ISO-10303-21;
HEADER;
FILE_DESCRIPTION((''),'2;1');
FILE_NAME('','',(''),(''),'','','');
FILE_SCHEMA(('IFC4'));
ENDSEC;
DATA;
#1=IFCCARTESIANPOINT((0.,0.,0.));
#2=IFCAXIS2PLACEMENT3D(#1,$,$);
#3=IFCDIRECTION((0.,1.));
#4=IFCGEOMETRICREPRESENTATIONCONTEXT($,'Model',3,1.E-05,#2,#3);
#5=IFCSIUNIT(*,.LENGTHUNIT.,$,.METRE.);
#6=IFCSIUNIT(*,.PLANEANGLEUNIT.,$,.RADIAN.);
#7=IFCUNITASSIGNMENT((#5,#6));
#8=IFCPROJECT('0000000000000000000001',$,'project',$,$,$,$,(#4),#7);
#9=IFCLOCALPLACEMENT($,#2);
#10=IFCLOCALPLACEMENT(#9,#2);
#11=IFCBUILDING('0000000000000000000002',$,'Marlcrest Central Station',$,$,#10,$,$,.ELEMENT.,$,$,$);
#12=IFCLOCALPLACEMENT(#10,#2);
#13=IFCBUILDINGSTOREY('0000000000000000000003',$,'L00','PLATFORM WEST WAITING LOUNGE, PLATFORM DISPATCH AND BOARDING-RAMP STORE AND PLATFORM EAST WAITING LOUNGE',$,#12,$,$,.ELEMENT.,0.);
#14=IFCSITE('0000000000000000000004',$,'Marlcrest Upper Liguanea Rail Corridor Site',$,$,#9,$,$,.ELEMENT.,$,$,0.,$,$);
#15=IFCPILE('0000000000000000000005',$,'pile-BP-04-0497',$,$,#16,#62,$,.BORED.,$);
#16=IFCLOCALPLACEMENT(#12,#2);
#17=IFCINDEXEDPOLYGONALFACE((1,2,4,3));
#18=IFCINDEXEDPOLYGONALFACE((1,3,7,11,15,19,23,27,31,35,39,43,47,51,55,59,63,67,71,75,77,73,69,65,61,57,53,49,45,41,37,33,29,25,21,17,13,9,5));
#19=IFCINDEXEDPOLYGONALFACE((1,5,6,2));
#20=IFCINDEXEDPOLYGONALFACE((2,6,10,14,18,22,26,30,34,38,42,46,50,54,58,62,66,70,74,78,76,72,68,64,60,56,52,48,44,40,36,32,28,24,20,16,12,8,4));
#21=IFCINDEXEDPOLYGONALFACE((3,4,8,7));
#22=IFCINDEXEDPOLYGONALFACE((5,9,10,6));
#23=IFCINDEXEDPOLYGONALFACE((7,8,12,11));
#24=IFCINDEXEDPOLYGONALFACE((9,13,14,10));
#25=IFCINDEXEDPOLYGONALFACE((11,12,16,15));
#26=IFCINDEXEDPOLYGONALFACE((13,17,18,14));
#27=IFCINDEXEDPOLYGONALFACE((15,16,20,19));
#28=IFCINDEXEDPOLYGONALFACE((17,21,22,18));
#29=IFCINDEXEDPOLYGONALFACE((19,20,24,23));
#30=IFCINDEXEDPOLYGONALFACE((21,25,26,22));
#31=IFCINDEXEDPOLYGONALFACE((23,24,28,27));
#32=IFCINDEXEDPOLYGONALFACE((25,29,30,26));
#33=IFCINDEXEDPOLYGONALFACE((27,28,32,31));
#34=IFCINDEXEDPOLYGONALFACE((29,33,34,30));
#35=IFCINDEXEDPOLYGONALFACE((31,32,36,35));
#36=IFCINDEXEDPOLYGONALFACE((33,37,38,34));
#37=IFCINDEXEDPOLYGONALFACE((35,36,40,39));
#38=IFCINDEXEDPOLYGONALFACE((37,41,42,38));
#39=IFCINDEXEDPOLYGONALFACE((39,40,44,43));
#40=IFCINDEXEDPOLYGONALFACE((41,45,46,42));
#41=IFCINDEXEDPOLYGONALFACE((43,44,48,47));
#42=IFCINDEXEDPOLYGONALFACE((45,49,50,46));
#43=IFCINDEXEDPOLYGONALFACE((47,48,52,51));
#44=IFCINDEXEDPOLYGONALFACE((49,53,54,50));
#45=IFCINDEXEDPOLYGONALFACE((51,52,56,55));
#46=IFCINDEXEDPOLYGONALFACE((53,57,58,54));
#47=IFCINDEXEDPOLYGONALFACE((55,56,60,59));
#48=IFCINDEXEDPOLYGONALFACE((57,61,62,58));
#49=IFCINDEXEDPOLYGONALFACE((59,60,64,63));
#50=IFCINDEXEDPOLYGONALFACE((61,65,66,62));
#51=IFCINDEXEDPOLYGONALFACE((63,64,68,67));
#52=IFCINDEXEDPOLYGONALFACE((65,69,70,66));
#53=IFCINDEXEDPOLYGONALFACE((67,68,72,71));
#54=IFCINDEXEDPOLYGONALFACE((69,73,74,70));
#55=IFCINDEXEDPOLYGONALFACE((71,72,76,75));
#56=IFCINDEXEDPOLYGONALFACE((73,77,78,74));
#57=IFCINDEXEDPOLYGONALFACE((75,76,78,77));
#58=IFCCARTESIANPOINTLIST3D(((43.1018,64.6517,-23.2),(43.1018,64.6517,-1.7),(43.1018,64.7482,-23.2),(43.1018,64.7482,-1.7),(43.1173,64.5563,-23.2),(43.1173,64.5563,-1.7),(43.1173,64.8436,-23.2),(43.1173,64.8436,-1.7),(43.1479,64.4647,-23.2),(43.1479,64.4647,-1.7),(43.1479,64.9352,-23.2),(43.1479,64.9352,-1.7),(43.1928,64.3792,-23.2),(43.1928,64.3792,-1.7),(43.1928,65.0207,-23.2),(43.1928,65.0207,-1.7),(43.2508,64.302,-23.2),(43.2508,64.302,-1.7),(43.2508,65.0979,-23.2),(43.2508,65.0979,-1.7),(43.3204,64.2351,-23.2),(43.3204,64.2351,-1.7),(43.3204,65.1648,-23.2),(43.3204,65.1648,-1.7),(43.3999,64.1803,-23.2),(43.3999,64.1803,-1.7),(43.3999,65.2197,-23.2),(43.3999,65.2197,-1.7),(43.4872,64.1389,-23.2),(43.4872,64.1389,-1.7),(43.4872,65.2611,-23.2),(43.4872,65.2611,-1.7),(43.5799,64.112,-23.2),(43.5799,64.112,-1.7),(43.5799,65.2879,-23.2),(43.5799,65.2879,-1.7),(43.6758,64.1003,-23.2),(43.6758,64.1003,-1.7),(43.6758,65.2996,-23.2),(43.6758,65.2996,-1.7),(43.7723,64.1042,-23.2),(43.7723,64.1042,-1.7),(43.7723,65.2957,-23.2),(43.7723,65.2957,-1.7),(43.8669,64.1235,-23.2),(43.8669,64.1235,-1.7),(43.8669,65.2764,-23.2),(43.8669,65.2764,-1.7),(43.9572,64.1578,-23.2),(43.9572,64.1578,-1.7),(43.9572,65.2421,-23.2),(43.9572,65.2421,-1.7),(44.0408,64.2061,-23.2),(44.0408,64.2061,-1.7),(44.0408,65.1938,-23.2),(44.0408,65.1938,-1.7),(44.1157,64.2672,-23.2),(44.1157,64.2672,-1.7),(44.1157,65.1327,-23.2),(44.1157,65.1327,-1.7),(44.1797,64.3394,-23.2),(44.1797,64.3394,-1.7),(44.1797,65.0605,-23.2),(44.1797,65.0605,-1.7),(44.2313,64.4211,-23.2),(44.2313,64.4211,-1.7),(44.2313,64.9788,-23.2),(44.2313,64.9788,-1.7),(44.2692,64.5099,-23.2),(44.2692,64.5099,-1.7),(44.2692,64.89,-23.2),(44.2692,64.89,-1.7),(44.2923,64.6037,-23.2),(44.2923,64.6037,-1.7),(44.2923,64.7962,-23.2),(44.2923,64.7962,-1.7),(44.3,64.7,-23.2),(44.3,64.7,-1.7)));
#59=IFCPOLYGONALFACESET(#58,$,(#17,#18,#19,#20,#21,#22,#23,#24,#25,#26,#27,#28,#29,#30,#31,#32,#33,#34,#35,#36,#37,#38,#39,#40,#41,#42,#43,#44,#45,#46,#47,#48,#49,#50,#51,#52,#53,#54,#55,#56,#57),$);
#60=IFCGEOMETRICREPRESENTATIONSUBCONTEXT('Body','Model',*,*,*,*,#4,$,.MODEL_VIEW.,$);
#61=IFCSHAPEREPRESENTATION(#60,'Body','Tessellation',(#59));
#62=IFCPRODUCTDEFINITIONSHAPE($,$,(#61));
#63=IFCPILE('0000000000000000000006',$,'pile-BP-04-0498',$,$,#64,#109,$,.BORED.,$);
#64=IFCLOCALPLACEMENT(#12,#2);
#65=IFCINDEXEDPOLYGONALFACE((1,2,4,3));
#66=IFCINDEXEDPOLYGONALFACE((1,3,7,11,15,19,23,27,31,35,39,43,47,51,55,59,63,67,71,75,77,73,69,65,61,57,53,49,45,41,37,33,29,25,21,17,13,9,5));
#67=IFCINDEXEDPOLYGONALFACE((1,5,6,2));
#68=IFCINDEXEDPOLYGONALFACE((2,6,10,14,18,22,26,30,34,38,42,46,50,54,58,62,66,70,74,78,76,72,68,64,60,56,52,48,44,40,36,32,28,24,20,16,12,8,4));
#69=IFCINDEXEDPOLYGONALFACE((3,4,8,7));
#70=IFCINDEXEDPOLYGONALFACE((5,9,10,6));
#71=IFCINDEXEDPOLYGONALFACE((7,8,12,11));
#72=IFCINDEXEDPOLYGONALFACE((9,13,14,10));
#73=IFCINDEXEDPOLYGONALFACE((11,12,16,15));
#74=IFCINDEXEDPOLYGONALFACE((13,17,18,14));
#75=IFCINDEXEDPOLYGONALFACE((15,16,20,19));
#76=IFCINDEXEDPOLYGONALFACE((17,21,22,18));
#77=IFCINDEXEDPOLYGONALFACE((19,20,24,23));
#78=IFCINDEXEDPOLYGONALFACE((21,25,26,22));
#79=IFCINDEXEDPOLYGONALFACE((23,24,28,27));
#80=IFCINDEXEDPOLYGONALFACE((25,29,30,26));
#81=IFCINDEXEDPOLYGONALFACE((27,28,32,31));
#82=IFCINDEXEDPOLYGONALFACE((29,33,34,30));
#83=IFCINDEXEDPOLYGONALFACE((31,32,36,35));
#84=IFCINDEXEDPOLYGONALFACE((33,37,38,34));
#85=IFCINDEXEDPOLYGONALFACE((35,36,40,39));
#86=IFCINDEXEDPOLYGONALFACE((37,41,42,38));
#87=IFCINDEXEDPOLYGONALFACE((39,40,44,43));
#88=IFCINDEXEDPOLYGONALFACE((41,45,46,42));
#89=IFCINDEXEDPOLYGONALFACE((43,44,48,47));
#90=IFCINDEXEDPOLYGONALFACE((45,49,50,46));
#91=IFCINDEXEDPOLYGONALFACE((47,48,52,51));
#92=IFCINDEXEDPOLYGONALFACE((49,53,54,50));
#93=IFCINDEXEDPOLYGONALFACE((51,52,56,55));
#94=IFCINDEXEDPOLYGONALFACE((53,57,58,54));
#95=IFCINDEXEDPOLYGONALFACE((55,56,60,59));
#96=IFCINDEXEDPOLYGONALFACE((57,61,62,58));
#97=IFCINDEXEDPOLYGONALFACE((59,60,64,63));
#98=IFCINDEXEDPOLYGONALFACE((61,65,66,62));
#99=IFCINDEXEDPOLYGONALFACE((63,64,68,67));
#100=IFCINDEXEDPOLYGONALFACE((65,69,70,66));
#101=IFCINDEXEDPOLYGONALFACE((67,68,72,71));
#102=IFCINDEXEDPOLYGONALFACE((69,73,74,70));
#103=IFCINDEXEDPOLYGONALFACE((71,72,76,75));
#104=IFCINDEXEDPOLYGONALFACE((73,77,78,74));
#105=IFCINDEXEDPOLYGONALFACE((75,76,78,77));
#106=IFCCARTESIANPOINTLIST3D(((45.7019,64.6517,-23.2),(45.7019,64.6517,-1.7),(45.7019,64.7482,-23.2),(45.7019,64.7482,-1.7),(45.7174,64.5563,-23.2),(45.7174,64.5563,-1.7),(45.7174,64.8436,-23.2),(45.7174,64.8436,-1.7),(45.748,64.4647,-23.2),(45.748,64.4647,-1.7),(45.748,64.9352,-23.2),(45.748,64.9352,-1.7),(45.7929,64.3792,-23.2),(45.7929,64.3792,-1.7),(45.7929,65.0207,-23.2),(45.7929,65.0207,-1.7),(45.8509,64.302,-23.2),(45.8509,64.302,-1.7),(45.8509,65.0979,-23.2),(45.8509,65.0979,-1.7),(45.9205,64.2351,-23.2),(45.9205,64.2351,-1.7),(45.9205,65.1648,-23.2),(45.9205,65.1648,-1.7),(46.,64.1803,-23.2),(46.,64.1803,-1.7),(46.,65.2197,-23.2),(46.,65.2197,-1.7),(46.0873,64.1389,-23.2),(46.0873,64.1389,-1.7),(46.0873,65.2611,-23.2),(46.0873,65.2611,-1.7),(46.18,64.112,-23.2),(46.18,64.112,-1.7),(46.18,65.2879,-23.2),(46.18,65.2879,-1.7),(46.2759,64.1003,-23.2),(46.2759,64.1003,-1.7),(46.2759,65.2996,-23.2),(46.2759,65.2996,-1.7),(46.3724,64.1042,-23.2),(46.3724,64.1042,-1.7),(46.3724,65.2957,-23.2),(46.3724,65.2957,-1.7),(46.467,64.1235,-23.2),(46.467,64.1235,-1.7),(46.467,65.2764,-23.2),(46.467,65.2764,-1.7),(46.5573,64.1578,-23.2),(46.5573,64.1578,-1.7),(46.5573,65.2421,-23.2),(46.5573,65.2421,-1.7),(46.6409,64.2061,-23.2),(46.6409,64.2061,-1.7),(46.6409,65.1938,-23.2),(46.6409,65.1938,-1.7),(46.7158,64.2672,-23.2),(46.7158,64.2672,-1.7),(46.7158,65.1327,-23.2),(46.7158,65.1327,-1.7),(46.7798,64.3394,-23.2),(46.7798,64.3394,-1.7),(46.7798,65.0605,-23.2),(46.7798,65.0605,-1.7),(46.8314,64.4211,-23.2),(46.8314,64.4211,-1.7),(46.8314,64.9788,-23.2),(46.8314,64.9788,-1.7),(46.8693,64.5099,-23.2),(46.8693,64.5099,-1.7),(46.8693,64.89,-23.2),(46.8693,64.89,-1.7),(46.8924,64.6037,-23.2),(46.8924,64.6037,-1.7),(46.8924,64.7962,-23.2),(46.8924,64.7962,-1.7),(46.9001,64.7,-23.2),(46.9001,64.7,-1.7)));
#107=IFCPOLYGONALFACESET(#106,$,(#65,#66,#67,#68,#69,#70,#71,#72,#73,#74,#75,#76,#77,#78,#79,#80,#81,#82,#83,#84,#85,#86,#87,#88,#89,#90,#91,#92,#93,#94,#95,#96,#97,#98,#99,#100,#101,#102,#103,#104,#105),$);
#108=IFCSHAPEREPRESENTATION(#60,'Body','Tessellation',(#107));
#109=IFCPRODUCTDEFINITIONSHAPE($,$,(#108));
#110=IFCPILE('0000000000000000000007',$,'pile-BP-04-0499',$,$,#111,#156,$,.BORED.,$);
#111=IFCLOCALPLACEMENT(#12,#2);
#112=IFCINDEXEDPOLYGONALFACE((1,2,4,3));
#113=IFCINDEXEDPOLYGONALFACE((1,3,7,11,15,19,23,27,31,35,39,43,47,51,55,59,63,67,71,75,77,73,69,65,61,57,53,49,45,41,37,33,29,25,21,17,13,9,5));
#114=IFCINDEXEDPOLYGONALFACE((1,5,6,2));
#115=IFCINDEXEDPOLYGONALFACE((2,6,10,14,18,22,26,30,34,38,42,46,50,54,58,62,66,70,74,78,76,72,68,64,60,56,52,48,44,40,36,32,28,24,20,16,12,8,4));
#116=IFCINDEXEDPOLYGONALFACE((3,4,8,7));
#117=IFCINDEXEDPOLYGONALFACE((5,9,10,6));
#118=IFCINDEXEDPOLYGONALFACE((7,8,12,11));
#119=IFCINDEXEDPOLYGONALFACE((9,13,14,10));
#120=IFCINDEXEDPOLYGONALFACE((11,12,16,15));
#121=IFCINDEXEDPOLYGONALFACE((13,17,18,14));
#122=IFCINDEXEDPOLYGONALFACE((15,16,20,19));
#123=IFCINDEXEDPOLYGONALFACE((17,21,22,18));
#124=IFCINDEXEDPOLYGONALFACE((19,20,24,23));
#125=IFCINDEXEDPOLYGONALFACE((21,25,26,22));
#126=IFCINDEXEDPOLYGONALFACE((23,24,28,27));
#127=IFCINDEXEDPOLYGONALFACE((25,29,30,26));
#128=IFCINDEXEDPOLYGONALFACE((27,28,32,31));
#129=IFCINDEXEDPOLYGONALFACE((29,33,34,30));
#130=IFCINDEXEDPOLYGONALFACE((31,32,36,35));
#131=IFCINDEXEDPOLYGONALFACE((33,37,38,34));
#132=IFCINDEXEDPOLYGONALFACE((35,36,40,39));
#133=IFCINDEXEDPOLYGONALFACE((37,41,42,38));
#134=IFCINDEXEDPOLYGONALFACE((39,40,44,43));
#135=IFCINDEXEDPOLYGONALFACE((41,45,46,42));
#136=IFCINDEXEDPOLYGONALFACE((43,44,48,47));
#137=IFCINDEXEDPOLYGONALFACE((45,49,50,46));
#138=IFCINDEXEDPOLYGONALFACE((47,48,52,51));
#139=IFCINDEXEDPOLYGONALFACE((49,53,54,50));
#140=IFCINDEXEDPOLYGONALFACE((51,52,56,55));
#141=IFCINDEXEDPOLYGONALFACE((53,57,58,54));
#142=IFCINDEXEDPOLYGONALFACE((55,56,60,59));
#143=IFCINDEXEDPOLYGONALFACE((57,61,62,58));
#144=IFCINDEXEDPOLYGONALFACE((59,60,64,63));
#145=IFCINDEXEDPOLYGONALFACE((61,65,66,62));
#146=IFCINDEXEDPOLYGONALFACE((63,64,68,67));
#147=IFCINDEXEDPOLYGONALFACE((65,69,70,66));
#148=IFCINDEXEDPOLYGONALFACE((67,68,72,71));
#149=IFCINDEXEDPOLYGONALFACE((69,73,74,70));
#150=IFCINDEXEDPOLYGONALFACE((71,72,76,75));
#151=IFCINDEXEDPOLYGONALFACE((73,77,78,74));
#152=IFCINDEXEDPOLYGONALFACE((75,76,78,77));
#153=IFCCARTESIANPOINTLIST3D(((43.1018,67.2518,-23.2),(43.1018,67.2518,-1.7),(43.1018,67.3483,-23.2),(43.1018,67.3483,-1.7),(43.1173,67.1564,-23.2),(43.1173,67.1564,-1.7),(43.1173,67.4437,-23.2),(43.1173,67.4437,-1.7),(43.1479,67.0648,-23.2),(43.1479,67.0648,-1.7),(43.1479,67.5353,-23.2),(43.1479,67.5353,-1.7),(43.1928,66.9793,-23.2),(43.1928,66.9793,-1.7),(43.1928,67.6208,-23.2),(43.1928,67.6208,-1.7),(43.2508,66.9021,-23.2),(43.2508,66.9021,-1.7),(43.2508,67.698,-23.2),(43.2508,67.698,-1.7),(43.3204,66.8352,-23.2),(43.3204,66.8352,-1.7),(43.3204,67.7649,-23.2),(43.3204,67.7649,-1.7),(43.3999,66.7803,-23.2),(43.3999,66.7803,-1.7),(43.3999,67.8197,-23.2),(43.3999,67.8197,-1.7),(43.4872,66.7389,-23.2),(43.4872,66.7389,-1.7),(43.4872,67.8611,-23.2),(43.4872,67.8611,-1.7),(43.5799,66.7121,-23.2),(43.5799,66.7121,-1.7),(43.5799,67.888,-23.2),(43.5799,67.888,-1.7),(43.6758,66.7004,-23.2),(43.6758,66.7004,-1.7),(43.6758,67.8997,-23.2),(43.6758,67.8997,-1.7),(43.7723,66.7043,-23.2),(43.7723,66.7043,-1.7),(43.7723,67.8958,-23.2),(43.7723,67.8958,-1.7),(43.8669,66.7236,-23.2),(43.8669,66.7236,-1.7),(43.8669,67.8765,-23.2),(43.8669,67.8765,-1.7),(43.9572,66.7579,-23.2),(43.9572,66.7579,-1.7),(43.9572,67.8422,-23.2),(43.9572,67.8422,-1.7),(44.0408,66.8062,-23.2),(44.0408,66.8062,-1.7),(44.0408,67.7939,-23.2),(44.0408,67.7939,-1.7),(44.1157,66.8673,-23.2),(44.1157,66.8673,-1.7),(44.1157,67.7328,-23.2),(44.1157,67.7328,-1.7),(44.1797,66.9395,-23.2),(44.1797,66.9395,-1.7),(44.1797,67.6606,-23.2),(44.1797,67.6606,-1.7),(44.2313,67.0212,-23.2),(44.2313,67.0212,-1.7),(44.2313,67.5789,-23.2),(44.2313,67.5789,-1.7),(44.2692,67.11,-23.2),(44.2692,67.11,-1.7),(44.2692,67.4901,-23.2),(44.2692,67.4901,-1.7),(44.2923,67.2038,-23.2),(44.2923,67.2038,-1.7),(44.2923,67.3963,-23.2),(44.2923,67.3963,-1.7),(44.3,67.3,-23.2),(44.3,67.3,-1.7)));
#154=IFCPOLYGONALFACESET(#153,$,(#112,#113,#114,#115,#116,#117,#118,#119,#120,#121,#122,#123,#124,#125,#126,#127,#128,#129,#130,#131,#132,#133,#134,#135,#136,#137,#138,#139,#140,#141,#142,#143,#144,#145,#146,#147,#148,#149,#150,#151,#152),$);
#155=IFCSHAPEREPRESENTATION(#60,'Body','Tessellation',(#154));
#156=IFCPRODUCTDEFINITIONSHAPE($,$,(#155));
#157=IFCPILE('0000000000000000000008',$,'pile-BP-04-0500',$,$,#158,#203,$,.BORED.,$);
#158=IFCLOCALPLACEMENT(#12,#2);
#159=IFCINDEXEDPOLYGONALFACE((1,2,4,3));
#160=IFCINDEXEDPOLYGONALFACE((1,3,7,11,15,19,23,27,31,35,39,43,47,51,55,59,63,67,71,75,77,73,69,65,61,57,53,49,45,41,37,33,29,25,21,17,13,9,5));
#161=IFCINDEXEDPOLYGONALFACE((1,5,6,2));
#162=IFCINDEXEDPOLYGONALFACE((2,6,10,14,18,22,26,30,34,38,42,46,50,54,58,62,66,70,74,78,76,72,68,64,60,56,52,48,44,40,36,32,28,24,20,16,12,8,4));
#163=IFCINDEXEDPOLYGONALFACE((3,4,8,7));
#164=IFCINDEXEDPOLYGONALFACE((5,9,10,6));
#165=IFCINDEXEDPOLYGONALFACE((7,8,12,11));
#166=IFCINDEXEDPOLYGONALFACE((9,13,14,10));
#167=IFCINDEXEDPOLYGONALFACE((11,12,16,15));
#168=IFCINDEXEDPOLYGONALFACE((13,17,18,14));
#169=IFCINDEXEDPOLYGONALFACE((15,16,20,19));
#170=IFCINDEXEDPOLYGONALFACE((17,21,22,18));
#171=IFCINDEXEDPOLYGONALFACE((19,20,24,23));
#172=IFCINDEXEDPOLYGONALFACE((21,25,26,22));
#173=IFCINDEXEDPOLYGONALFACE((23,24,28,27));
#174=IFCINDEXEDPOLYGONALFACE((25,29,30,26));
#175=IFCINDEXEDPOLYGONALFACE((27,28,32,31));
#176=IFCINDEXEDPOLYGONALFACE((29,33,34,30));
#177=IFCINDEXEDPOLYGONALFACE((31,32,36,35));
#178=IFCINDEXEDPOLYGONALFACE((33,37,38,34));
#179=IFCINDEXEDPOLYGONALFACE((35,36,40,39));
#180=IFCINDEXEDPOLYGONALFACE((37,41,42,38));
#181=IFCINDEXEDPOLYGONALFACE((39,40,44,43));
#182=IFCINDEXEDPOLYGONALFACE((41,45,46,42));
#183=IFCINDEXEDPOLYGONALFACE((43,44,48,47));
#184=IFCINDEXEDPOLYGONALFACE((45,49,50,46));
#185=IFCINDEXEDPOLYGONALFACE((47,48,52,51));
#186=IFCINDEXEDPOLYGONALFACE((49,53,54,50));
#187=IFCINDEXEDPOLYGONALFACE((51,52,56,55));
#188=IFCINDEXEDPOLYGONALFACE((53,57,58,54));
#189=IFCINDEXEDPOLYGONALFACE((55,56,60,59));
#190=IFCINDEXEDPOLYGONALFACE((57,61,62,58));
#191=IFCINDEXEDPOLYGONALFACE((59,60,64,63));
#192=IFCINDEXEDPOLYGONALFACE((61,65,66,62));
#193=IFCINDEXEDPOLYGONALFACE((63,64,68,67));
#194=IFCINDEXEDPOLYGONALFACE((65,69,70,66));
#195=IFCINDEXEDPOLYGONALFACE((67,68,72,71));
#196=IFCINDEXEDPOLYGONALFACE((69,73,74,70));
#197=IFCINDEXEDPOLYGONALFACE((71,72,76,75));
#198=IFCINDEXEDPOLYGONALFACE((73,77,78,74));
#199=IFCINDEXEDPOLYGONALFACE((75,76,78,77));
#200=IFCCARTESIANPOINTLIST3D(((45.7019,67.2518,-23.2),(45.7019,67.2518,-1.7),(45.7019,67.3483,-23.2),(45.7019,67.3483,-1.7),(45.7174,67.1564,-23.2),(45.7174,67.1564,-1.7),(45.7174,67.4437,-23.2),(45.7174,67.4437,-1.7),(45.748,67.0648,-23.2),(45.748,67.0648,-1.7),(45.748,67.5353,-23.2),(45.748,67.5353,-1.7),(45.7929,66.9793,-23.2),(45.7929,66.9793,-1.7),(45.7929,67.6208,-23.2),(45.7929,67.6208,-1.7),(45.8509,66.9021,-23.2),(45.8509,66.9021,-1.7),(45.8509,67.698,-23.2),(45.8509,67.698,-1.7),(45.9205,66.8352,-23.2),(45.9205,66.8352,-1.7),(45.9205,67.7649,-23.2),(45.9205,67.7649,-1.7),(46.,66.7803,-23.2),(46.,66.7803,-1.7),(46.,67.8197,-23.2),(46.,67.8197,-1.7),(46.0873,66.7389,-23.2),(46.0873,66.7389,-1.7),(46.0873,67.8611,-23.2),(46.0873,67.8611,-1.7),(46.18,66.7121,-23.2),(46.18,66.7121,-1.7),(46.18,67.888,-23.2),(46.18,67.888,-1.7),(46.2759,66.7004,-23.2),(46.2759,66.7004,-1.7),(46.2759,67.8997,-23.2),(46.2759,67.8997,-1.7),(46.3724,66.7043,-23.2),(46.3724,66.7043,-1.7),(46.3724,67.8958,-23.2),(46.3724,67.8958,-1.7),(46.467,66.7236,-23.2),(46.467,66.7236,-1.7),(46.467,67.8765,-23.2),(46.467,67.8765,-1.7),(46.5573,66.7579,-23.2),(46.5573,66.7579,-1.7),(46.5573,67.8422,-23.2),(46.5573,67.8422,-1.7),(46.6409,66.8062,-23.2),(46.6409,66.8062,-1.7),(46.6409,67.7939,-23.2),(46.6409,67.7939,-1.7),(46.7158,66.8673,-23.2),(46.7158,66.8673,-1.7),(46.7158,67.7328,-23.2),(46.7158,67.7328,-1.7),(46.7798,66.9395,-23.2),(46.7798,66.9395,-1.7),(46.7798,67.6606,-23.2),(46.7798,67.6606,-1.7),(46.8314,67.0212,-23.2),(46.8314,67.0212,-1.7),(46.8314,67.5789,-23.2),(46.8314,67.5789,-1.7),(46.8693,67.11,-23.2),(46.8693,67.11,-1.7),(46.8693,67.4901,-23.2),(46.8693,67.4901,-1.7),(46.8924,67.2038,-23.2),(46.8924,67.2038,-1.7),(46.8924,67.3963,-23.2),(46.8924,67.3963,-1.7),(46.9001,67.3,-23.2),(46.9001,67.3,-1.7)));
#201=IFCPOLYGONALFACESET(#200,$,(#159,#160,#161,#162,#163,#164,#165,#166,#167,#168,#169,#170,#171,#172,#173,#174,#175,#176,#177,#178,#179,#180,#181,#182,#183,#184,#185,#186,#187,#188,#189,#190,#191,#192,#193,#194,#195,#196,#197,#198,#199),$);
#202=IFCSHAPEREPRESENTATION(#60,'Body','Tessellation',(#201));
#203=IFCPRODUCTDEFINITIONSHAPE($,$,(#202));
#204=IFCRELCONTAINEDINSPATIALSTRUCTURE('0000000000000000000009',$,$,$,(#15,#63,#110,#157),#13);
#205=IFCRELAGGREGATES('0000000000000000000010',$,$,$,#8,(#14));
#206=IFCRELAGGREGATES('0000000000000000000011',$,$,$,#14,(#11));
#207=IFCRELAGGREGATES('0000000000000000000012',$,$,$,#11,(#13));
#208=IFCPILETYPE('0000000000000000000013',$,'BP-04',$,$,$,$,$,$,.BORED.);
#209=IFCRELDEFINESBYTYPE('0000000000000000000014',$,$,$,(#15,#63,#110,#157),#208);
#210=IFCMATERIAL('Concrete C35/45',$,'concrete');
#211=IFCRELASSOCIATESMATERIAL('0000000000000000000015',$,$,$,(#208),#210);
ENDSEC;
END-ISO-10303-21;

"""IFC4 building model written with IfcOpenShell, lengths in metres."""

from ifc_helpers import new_model, si_unit, direction, frame, origin, origin_2d, place, context, subcontext, project, spatial, circle, extrude, material, material_profile, profile_set, type_object, element, save


model = new_model("IFC4")

# Units and contexts
model_context = context("Model", 3, precision=1e-05, world=origin(), true_north=direction((0.0, 1.0)))
body_context = subcontext(model_context, "Body", "Model", "MODEL_VIEW")
ifc_project = project(units=[si_unit("LENGTHUNIT", "METRE"), si_unit("PLANEANGLEUNIT", "RADIAN")], contexts=[model_context])

# Site, building, storey
site_placement = place(None, origin())
site = spatial("IfcSite", under=ifc_project, at=site_placement, Name="Marlcrest Upper Liguanea Rail Corridor Site", CompositionType="ELEMENT", RefElevation=0.0)
building_placement = place(site_placement, origin())
building = spatial("IfcBuilding", under=site, at=building_placement, Name="Marlcrest Central Station", CompositionType="ELEMENT")
storey_placement = place(building_placement, origin())
storey = spatial("IfcBuildingStorey", under=building, at=storey_placement, Name="L00", Description="PLATFORM WEST WAITING LOUNGE, PLATFORM DISPATCH AND BOARDING-RAMP STORE AND PLATFORM EAST WAITING LOUNGE", CompositionType="ELEMENT", Elevation=0.0)

# Piles
ifc_material_1 = material(Name="Concrete C35/45", Category="concrete")
ifc_material_profile_1 = material_profile(ifc_material_1, circle(Radius=0.6001, at=origin_2d()), Name="PILE D1200")
ifc_profile_set_1 = profile_set([ifc_material_profile_1], Name="Concrete C35/45")
pile_type = type_object("IfcPileType", Name="BP-04", PredefinedType="BORED", material=ifc_profile_set_1)
for number, where, z_axis, x_axis, name in (
    (1, (43.7, 64.7, -1.7), (0.0, 0.0, -1.0), (1.0, 0.0, 0.0), "pile-BP-04-0497"),
    (2, (46.3, 64.7, -1.7), (0.0, 0.0, -1.0), (1.0, 0.0, 0.0), "pile-BP-04-0498"),
    (3, (43.7, 67.3, -1.7), (0.0, 0.0, -1.0), (1.0, 0.0, 0.0), "pile-BP-04-0499"),
    (4, (46.3, 67.3, -1.7), (0.0, 0.0, -1.0), (1.0, 0.0, 0.0), "pile-BP-04-0500"),
):
    element("IfcPile", number, at=place(storey_placement, frame(where, z_axis=z_axis, x_axis=x_axis)), inside=storey, type_object=pile_type, Name=name, PredefinedType="BORED", context=body_context, shape_type="SweptSolid", body=[
        extrude(circle(Radius=0.6001, at=origin_2d()), origin(), (0.0, 0.0, 1.0), 21.5),
    ])

save(model, "model.ifc")
